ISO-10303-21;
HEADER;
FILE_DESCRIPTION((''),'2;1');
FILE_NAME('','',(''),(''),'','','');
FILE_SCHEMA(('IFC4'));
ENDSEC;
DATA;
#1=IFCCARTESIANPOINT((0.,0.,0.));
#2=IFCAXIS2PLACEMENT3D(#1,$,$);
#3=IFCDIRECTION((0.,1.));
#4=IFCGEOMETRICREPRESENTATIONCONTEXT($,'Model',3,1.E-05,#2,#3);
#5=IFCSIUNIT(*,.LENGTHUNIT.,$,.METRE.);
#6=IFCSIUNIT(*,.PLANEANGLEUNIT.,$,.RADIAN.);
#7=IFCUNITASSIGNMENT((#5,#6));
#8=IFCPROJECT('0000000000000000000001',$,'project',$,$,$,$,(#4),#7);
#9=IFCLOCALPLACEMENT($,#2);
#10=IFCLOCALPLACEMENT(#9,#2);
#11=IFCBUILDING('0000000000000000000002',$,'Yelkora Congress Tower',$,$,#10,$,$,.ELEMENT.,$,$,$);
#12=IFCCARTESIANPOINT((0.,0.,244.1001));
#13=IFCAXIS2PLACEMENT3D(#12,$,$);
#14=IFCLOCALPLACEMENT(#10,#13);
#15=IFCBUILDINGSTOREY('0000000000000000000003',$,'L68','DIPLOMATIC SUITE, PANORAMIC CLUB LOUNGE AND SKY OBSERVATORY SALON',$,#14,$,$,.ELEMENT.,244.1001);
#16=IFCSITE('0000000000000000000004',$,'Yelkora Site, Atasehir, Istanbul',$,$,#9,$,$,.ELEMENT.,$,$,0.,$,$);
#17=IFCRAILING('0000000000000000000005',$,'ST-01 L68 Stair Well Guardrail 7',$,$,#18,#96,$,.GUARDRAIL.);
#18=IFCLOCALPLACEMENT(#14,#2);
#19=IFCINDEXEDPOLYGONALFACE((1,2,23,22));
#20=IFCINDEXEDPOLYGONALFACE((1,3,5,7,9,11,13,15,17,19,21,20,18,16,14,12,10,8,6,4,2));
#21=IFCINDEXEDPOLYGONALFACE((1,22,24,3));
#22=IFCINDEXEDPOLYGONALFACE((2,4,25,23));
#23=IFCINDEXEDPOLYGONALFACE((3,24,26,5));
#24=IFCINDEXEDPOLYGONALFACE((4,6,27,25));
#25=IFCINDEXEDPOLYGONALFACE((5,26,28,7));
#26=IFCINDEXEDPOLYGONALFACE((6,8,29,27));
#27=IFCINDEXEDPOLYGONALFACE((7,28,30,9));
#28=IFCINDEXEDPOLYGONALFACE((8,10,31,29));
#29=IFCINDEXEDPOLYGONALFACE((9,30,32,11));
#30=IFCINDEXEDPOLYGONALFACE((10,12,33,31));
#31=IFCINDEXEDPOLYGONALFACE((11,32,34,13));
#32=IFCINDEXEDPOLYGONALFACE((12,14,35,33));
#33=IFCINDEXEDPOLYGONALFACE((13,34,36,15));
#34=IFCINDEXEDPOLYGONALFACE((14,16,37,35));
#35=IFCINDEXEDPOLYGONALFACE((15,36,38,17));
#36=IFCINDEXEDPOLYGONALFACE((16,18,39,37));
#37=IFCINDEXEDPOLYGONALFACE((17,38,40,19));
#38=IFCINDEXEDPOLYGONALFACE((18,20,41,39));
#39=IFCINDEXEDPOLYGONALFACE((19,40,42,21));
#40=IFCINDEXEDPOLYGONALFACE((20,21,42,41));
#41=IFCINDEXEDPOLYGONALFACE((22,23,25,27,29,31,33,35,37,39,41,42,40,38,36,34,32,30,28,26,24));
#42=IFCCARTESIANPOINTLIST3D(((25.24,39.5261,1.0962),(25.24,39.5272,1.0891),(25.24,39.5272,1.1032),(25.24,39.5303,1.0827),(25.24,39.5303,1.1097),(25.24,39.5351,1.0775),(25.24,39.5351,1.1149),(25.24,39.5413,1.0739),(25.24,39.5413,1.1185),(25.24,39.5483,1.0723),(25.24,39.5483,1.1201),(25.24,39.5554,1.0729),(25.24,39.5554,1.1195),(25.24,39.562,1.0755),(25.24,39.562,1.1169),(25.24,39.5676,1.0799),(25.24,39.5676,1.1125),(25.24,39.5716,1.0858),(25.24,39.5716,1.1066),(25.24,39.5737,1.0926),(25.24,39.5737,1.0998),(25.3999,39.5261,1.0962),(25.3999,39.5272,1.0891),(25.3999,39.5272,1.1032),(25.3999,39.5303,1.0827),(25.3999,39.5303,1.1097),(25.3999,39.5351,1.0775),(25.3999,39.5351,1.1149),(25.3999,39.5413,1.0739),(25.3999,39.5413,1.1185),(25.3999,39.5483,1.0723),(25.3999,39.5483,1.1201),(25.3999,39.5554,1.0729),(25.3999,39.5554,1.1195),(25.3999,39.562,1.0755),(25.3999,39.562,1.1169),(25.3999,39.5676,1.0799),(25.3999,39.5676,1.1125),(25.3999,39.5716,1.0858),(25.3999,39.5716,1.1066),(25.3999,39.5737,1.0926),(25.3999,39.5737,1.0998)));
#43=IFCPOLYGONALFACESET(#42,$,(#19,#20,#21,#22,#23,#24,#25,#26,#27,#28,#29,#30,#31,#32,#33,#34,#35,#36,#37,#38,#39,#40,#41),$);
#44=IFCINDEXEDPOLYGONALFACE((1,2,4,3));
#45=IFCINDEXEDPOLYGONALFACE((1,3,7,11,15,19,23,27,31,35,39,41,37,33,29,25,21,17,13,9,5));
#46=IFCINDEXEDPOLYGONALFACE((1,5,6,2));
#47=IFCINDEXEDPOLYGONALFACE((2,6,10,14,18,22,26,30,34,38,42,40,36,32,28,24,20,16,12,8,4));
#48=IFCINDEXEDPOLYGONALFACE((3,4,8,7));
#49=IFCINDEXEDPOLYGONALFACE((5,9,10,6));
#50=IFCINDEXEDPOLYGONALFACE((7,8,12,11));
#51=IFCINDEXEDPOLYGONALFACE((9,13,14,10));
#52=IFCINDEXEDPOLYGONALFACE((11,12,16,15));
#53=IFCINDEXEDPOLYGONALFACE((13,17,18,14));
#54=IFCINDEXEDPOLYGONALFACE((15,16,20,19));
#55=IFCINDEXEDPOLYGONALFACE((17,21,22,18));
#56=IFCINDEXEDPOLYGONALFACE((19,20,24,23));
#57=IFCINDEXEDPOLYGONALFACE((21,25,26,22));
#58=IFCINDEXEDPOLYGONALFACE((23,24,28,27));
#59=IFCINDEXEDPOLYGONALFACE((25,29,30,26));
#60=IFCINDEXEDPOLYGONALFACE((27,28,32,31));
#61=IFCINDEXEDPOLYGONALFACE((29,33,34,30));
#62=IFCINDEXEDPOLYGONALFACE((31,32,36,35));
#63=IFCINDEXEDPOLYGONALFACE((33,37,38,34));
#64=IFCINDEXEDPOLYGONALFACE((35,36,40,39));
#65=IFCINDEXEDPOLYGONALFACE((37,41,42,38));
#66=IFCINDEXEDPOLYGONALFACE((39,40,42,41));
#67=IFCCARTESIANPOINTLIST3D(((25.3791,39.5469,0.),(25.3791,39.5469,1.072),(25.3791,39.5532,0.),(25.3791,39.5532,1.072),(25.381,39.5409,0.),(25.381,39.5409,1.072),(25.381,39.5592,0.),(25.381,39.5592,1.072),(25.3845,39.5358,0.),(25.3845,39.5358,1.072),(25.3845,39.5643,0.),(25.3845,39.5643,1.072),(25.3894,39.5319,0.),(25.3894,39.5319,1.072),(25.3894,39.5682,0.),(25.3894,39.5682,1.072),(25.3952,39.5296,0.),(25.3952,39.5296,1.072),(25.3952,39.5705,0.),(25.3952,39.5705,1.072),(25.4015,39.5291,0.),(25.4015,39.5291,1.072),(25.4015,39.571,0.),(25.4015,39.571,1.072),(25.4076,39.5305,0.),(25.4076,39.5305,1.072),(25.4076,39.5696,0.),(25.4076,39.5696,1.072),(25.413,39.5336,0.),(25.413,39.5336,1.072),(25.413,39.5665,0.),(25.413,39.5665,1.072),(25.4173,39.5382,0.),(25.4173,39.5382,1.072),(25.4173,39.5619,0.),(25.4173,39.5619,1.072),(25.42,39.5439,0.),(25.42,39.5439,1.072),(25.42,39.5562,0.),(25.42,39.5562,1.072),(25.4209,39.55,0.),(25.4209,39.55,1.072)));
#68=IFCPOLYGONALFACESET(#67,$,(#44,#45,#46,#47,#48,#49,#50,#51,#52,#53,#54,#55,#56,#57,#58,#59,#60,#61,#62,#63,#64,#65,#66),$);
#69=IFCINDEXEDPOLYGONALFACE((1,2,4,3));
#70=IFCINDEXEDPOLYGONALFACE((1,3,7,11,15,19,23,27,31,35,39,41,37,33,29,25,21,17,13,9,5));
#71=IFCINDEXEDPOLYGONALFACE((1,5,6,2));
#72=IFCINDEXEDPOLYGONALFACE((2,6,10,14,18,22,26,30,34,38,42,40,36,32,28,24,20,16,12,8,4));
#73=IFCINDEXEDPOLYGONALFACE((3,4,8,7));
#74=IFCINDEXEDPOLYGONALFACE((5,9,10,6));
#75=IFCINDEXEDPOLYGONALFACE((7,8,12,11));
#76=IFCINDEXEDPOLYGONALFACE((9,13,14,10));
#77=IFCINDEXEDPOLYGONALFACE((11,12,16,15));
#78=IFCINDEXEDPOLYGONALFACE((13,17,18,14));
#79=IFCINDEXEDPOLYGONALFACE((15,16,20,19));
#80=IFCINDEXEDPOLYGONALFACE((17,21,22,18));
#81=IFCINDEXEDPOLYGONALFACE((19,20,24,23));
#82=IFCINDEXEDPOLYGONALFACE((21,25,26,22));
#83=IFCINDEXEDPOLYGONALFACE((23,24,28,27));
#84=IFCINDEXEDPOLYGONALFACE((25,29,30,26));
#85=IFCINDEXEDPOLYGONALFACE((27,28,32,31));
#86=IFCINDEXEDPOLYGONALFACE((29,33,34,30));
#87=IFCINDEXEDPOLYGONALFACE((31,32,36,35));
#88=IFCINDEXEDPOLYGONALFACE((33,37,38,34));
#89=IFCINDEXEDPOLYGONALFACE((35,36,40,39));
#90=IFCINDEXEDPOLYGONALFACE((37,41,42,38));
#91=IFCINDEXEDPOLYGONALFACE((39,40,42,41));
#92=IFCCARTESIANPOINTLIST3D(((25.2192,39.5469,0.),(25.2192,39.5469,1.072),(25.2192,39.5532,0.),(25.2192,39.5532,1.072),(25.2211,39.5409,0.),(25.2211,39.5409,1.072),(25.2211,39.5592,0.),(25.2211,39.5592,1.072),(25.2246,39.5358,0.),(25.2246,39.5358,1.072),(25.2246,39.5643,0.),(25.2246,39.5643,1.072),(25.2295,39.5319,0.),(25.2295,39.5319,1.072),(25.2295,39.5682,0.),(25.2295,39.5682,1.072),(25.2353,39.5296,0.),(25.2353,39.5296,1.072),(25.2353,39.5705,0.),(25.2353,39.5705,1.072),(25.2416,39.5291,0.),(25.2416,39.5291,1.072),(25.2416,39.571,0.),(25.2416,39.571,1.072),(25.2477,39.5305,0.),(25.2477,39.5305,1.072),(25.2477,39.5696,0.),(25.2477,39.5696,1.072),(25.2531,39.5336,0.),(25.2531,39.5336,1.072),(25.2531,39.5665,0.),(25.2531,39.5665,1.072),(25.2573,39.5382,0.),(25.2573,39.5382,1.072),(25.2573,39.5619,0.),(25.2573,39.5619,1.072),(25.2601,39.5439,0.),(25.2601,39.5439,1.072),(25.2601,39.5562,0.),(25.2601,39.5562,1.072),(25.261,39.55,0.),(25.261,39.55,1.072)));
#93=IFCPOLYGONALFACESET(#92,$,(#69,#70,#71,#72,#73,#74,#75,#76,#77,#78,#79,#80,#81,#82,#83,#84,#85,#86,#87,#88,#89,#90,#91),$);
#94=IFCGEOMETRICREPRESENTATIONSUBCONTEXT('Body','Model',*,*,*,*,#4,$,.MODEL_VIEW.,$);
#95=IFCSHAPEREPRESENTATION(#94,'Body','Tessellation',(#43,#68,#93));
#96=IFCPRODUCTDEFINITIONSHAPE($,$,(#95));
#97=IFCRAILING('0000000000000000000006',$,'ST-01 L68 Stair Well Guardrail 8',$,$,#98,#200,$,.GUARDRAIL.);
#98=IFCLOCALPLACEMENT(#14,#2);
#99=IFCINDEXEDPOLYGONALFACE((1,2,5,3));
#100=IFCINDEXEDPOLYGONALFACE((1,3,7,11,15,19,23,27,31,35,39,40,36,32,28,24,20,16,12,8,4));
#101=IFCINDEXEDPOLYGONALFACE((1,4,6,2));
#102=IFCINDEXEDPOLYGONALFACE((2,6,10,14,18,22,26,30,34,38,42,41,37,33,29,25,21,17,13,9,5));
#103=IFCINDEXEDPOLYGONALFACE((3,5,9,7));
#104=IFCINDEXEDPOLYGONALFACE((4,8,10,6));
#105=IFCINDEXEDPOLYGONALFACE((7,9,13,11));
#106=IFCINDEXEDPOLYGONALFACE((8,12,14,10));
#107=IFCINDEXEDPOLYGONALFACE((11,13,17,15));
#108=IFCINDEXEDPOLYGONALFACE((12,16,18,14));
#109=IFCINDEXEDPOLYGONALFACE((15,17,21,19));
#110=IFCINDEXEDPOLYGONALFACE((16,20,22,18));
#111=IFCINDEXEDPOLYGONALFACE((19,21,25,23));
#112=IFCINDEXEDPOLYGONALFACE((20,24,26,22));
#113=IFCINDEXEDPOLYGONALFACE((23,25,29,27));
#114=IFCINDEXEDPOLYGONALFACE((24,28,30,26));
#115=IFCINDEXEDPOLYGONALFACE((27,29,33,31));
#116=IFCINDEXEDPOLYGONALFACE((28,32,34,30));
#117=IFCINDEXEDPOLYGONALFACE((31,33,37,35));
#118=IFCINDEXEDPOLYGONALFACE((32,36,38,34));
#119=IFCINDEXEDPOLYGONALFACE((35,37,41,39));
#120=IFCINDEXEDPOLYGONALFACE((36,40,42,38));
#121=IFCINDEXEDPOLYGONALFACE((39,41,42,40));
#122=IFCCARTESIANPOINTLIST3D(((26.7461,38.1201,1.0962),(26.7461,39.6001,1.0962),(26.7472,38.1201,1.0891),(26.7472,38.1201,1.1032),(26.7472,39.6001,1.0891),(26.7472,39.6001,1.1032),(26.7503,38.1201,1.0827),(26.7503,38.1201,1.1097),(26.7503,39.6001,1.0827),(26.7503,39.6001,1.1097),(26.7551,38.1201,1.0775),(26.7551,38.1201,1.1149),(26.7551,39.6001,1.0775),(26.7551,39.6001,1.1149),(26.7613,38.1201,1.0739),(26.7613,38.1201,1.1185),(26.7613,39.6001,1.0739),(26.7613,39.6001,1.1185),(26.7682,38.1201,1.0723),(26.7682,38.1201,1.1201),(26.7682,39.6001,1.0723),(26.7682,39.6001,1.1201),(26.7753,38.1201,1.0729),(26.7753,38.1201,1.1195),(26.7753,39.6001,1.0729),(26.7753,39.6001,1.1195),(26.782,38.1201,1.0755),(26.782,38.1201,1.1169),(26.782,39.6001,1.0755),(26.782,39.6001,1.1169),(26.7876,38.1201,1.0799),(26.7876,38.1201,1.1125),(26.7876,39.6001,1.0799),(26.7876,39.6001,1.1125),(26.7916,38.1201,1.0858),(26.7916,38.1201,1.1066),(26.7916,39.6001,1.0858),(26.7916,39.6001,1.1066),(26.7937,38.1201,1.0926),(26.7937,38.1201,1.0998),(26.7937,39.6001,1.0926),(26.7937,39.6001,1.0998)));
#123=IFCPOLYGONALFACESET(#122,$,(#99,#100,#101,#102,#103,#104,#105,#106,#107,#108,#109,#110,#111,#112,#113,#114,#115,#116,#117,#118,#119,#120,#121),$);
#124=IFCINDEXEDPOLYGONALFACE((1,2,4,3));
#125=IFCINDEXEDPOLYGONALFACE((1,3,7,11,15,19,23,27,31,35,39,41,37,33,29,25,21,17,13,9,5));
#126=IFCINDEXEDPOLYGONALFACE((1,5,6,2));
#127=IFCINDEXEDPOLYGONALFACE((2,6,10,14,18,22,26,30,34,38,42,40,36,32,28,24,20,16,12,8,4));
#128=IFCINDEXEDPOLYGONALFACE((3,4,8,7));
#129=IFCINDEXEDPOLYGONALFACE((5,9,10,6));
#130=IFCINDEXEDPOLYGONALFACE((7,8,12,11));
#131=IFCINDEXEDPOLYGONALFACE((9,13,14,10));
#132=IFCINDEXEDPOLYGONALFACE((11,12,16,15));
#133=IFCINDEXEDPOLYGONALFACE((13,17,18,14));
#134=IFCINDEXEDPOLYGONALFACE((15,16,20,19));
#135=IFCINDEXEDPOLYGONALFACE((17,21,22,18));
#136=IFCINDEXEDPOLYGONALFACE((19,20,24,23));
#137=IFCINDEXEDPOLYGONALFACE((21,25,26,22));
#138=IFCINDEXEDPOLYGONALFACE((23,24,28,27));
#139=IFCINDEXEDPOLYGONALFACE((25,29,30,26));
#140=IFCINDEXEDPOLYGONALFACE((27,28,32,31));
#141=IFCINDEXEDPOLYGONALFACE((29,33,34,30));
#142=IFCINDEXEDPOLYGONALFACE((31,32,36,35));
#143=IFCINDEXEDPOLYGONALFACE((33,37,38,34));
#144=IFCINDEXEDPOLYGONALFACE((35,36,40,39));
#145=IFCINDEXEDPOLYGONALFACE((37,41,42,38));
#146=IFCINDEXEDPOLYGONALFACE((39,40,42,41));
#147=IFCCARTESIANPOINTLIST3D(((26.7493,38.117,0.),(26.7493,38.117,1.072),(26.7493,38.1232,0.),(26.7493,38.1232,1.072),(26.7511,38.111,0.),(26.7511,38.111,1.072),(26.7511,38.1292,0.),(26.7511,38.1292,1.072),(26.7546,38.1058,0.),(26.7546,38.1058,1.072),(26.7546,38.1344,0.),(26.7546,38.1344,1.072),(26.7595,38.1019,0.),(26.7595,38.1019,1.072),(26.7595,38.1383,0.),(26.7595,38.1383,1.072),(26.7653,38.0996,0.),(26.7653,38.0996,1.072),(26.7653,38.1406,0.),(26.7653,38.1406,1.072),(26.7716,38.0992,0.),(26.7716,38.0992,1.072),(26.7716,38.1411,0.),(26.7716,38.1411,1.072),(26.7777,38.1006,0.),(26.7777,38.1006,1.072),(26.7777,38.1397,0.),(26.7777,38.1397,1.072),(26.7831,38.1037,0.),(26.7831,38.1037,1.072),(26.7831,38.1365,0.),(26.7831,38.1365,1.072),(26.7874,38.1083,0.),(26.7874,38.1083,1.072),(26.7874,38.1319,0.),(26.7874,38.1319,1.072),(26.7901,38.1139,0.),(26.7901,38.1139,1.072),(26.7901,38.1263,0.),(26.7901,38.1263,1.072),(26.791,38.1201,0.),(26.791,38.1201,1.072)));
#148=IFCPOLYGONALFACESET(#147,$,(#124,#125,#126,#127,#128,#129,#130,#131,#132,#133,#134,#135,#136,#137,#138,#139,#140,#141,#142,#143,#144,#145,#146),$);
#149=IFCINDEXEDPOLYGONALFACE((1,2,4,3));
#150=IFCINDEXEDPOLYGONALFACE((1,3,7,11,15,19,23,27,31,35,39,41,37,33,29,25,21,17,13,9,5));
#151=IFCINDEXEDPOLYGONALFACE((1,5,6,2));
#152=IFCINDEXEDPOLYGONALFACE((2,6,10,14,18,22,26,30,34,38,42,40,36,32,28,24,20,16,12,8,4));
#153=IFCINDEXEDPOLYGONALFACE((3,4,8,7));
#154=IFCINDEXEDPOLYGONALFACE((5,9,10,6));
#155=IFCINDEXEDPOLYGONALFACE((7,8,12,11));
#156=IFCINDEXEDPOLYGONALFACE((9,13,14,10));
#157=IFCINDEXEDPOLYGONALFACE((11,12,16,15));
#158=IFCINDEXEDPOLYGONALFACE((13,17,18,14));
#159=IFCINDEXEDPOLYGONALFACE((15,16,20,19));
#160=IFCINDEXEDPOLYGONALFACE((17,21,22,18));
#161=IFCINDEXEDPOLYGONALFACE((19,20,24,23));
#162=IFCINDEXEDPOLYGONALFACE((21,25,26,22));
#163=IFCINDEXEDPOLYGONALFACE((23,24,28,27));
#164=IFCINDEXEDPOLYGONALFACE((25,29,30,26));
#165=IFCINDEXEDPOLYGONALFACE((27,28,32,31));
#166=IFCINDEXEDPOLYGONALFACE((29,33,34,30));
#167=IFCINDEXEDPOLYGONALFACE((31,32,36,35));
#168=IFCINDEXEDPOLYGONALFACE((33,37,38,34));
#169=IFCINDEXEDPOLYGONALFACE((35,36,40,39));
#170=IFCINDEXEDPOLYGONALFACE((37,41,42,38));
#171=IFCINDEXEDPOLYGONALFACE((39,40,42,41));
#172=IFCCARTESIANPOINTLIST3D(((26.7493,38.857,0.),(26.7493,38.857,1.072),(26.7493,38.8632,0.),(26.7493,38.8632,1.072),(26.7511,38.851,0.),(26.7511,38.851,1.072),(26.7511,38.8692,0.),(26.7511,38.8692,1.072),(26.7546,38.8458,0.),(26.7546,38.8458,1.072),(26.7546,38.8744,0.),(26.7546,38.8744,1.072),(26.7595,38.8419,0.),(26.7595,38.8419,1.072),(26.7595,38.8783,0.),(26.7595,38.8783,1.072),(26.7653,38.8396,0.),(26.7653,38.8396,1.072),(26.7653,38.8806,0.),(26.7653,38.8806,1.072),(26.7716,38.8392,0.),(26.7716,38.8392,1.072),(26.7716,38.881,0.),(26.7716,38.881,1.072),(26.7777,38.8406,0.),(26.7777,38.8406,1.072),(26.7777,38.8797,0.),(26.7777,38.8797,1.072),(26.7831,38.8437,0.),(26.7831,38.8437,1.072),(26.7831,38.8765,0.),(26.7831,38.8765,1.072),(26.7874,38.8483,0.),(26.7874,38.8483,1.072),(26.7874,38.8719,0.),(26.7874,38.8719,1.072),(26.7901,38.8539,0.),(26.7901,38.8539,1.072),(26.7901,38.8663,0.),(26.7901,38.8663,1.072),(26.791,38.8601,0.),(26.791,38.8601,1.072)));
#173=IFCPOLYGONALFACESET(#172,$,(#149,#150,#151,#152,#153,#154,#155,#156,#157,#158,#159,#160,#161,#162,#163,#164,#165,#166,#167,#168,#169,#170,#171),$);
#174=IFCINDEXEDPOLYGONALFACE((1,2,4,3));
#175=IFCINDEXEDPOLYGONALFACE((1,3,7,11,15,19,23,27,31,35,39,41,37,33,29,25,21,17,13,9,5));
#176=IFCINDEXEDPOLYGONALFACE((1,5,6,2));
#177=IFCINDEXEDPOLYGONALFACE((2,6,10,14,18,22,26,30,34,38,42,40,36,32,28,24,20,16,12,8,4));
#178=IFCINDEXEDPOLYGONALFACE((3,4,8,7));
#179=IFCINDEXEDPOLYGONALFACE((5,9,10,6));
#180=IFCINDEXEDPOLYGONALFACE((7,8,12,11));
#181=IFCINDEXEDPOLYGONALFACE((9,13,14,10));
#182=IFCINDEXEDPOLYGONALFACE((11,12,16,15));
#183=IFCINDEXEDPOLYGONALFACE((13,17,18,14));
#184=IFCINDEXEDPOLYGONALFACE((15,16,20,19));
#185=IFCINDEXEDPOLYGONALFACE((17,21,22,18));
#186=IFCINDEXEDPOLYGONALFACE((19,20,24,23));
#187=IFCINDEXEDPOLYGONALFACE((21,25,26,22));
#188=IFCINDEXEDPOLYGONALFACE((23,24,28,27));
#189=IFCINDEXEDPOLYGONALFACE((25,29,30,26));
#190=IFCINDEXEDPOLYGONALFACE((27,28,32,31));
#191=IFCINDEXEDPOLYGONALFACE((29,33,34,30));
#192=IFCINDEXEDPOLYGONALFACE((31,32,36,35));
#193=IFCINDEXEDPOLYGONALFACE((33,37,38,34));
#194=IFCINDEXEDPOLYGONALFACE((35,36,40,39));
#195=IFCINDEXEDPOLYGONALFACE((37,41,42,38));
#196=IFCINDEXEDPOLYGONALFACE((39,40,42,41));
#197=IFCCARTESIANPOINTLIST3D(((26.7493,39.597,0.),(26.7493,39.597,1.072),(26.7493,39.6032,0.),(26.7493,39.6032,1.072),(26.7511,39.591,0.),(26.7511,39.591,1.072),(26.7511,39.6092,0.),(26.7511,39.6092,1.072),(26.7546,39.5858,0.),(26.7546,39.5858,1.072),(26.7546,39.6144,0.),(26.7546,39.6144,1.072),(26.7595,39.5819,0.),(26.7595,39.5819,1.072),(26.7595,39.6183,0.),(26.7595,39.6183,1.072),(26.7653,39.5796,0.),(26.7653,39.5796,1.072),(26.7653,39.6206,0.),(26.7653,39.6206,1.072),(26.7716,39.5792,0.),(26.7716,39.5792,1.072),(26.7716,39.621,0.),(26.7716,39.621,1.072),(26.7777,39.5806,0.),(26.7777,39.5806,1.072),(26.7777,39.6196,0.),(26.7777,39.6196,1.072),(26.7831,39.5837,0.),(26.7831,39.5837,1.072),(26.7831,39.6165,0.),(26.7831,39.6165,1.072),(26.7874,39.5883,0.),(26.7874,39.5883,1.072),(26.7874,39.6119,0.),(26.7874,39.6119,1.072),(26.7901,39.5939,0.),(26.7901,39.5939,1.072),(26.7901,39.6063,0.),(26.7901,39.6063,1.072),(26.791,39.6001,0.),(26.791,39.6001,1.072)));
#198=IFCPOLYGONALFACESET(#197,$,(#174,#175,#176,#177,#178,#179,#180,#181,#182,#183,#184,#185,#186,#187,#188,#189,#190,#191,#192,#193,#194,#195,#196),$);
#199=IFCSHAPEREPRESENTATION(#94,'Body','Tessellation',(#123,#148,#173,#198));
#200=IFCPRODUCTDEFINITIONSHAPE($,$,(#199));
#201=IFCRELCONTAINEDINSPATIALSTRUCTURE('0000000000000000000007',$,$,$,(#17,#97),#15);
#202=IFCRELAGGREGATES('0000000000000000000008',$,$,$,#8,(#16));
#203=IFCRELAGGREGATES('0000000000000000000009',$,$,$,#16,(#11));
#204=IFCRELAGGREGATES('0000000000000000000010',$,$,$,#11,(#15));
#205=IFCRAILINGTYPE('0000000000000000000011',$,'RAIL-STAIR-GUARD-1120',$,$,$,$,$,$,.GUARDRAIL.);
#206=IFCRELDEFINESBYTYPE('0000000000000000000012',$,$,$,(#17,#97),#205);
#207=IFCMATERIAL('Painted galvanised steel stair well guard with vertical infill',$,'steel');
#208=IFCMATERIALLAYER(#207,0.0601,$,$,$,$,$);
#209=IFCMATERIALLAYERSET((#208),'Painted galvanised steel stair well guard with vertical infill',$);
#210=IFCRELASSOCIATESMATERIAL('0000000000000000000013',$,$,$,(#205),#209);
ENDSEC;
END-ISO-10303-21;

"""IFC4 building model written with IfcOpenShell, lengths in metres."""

from ifc_helpers import new_model, si_unit, direction, frame, origin, origin_2d, place, context, subcontext, project, spatial, circle, extrude, material, layer, layer_set, type_object, element, save


model = new_model("IFC4")

# Units and contexts
model_context = context("Model", 3, precision=1e-05, world=origin(), true_north=direction((0.0, 1.0)))
body_context = subcontext(model_context, "Body", "Model", "MODEL_VIEW")
ifc_project = project(units=[si_unit("LENGTHUNIT", "METRE"), si_unit("PLANEANGLEUNIT", "RADIAN")], contexts=[model_context])

# Site, building, storey
site_placement = place(None, origin())
site = spatial("IfcSite", under=ifc_project, at=site_placement, Name="Yelkora Site, Atasehir, Istanbul", CompositionType="ELEMENT", RefElevation=0.0)
building_placement = place(site_placement, origin())
building = spatial("IfcBuilding", under=site, at=building_placement, Name="Yelkora Congress Tower", CompositionType="ELEMENT")
storey_placement = place(building_placement, frame((0.0, 0.0, 244.1001)))
storey = spatial("IfcBuildingStorey", under=building, at=storey_placement, Name="L68", Description="DIPLOMATIC SUITE, PANORAMIC CLUB LOUNGE AND SKY OBSERVATORY SALON", CompositionType="ELEMENT", Elevation=244.1001)

# Railings
ifc_material_1 = material(Name="Painted galvanised steel stair well guard with vertical infill", Category="steel")
ifc_layer_1 = layer(ifc_material_1, 0.0601)
ifc_layer_set_1 = layer_set([ifc_layer_1], Name="Painted galvanised steel stair well guard with vertical infill")
railing_type_1 = type_object("IfcRailingType", Name="RAIL-STAIR-GUARD-1120", PredefinedType="GUARDRAIL", material=ifc_layer_set_1)
railing_1_placement = place(storey_placement, frame((25.3999, 39.55, 0.0)))
element("IfcRailing", 1, at=railing_1_placement, inside=storey, type_object=railing_type_1, Name="ST-01 L68 Stair Well Guardrail 7", PredefinedType="GUARDRAIL", context=body_context, shape_type="SweptSolid", body=[
    extrude(circle(Radius=0.0239, at=origin_2d()), frame((0.0, 0.0, 1.0962), z_axis=(-1.0, 0.0, 0.0), x_axis=(0.0, -1.0, 0.0)), (0.0, 0.0, 1.0), 0.1599),
    extrude(circle(Radius=0.021, at=origin_2d()), origin(), (0.0, 0.0, 1.0), 1.072),
    extrude(circle(Radius=0.021, at=origin_2d()), frame((-0.1599, 0.0, 0.0)), (0.0, 0.0, 1.0), 1.072),
])
railing_2_placement = place(storey_placement, frame((26.77, 38.1201, 0.0)))
element("IfcRailing", 2, at=railing_2_placement, inside=storey, type_object=railing_type_1, Name="ST-01 L68 Stair Well Guardrail 8", PredefinedType="GUARDRAIL", context=body_context, shape_type="SweptSolid", body=[
    extrude(circle(Radius=0.0239, at=origin_2d()), frame((0.0, 0.0, 1.0962), z_axis=(0.0, 1.0, 0.0), x_axis=(-1.0, 0.0, 0.0)), (0.0, 0.0, 1.0), 1.48),
    extrude(circle(Radius=0.021, at=origin_2d()), origin(), (0.0, 0.0, 1.0), 1.072),
    extrude(circle(Radius=0.021, at=origin_2d()), frame((0.0, 0.74, 0.0)), (0.0, 0.0, 1.0), 1.072),
    extrude(circle(Radius=0.021, at=origin_2d()), frame((0.0, 1.48, 0.0)), (0.0, 0.0, 1.0), 1.072),
])

save(model, "model.ifc")
